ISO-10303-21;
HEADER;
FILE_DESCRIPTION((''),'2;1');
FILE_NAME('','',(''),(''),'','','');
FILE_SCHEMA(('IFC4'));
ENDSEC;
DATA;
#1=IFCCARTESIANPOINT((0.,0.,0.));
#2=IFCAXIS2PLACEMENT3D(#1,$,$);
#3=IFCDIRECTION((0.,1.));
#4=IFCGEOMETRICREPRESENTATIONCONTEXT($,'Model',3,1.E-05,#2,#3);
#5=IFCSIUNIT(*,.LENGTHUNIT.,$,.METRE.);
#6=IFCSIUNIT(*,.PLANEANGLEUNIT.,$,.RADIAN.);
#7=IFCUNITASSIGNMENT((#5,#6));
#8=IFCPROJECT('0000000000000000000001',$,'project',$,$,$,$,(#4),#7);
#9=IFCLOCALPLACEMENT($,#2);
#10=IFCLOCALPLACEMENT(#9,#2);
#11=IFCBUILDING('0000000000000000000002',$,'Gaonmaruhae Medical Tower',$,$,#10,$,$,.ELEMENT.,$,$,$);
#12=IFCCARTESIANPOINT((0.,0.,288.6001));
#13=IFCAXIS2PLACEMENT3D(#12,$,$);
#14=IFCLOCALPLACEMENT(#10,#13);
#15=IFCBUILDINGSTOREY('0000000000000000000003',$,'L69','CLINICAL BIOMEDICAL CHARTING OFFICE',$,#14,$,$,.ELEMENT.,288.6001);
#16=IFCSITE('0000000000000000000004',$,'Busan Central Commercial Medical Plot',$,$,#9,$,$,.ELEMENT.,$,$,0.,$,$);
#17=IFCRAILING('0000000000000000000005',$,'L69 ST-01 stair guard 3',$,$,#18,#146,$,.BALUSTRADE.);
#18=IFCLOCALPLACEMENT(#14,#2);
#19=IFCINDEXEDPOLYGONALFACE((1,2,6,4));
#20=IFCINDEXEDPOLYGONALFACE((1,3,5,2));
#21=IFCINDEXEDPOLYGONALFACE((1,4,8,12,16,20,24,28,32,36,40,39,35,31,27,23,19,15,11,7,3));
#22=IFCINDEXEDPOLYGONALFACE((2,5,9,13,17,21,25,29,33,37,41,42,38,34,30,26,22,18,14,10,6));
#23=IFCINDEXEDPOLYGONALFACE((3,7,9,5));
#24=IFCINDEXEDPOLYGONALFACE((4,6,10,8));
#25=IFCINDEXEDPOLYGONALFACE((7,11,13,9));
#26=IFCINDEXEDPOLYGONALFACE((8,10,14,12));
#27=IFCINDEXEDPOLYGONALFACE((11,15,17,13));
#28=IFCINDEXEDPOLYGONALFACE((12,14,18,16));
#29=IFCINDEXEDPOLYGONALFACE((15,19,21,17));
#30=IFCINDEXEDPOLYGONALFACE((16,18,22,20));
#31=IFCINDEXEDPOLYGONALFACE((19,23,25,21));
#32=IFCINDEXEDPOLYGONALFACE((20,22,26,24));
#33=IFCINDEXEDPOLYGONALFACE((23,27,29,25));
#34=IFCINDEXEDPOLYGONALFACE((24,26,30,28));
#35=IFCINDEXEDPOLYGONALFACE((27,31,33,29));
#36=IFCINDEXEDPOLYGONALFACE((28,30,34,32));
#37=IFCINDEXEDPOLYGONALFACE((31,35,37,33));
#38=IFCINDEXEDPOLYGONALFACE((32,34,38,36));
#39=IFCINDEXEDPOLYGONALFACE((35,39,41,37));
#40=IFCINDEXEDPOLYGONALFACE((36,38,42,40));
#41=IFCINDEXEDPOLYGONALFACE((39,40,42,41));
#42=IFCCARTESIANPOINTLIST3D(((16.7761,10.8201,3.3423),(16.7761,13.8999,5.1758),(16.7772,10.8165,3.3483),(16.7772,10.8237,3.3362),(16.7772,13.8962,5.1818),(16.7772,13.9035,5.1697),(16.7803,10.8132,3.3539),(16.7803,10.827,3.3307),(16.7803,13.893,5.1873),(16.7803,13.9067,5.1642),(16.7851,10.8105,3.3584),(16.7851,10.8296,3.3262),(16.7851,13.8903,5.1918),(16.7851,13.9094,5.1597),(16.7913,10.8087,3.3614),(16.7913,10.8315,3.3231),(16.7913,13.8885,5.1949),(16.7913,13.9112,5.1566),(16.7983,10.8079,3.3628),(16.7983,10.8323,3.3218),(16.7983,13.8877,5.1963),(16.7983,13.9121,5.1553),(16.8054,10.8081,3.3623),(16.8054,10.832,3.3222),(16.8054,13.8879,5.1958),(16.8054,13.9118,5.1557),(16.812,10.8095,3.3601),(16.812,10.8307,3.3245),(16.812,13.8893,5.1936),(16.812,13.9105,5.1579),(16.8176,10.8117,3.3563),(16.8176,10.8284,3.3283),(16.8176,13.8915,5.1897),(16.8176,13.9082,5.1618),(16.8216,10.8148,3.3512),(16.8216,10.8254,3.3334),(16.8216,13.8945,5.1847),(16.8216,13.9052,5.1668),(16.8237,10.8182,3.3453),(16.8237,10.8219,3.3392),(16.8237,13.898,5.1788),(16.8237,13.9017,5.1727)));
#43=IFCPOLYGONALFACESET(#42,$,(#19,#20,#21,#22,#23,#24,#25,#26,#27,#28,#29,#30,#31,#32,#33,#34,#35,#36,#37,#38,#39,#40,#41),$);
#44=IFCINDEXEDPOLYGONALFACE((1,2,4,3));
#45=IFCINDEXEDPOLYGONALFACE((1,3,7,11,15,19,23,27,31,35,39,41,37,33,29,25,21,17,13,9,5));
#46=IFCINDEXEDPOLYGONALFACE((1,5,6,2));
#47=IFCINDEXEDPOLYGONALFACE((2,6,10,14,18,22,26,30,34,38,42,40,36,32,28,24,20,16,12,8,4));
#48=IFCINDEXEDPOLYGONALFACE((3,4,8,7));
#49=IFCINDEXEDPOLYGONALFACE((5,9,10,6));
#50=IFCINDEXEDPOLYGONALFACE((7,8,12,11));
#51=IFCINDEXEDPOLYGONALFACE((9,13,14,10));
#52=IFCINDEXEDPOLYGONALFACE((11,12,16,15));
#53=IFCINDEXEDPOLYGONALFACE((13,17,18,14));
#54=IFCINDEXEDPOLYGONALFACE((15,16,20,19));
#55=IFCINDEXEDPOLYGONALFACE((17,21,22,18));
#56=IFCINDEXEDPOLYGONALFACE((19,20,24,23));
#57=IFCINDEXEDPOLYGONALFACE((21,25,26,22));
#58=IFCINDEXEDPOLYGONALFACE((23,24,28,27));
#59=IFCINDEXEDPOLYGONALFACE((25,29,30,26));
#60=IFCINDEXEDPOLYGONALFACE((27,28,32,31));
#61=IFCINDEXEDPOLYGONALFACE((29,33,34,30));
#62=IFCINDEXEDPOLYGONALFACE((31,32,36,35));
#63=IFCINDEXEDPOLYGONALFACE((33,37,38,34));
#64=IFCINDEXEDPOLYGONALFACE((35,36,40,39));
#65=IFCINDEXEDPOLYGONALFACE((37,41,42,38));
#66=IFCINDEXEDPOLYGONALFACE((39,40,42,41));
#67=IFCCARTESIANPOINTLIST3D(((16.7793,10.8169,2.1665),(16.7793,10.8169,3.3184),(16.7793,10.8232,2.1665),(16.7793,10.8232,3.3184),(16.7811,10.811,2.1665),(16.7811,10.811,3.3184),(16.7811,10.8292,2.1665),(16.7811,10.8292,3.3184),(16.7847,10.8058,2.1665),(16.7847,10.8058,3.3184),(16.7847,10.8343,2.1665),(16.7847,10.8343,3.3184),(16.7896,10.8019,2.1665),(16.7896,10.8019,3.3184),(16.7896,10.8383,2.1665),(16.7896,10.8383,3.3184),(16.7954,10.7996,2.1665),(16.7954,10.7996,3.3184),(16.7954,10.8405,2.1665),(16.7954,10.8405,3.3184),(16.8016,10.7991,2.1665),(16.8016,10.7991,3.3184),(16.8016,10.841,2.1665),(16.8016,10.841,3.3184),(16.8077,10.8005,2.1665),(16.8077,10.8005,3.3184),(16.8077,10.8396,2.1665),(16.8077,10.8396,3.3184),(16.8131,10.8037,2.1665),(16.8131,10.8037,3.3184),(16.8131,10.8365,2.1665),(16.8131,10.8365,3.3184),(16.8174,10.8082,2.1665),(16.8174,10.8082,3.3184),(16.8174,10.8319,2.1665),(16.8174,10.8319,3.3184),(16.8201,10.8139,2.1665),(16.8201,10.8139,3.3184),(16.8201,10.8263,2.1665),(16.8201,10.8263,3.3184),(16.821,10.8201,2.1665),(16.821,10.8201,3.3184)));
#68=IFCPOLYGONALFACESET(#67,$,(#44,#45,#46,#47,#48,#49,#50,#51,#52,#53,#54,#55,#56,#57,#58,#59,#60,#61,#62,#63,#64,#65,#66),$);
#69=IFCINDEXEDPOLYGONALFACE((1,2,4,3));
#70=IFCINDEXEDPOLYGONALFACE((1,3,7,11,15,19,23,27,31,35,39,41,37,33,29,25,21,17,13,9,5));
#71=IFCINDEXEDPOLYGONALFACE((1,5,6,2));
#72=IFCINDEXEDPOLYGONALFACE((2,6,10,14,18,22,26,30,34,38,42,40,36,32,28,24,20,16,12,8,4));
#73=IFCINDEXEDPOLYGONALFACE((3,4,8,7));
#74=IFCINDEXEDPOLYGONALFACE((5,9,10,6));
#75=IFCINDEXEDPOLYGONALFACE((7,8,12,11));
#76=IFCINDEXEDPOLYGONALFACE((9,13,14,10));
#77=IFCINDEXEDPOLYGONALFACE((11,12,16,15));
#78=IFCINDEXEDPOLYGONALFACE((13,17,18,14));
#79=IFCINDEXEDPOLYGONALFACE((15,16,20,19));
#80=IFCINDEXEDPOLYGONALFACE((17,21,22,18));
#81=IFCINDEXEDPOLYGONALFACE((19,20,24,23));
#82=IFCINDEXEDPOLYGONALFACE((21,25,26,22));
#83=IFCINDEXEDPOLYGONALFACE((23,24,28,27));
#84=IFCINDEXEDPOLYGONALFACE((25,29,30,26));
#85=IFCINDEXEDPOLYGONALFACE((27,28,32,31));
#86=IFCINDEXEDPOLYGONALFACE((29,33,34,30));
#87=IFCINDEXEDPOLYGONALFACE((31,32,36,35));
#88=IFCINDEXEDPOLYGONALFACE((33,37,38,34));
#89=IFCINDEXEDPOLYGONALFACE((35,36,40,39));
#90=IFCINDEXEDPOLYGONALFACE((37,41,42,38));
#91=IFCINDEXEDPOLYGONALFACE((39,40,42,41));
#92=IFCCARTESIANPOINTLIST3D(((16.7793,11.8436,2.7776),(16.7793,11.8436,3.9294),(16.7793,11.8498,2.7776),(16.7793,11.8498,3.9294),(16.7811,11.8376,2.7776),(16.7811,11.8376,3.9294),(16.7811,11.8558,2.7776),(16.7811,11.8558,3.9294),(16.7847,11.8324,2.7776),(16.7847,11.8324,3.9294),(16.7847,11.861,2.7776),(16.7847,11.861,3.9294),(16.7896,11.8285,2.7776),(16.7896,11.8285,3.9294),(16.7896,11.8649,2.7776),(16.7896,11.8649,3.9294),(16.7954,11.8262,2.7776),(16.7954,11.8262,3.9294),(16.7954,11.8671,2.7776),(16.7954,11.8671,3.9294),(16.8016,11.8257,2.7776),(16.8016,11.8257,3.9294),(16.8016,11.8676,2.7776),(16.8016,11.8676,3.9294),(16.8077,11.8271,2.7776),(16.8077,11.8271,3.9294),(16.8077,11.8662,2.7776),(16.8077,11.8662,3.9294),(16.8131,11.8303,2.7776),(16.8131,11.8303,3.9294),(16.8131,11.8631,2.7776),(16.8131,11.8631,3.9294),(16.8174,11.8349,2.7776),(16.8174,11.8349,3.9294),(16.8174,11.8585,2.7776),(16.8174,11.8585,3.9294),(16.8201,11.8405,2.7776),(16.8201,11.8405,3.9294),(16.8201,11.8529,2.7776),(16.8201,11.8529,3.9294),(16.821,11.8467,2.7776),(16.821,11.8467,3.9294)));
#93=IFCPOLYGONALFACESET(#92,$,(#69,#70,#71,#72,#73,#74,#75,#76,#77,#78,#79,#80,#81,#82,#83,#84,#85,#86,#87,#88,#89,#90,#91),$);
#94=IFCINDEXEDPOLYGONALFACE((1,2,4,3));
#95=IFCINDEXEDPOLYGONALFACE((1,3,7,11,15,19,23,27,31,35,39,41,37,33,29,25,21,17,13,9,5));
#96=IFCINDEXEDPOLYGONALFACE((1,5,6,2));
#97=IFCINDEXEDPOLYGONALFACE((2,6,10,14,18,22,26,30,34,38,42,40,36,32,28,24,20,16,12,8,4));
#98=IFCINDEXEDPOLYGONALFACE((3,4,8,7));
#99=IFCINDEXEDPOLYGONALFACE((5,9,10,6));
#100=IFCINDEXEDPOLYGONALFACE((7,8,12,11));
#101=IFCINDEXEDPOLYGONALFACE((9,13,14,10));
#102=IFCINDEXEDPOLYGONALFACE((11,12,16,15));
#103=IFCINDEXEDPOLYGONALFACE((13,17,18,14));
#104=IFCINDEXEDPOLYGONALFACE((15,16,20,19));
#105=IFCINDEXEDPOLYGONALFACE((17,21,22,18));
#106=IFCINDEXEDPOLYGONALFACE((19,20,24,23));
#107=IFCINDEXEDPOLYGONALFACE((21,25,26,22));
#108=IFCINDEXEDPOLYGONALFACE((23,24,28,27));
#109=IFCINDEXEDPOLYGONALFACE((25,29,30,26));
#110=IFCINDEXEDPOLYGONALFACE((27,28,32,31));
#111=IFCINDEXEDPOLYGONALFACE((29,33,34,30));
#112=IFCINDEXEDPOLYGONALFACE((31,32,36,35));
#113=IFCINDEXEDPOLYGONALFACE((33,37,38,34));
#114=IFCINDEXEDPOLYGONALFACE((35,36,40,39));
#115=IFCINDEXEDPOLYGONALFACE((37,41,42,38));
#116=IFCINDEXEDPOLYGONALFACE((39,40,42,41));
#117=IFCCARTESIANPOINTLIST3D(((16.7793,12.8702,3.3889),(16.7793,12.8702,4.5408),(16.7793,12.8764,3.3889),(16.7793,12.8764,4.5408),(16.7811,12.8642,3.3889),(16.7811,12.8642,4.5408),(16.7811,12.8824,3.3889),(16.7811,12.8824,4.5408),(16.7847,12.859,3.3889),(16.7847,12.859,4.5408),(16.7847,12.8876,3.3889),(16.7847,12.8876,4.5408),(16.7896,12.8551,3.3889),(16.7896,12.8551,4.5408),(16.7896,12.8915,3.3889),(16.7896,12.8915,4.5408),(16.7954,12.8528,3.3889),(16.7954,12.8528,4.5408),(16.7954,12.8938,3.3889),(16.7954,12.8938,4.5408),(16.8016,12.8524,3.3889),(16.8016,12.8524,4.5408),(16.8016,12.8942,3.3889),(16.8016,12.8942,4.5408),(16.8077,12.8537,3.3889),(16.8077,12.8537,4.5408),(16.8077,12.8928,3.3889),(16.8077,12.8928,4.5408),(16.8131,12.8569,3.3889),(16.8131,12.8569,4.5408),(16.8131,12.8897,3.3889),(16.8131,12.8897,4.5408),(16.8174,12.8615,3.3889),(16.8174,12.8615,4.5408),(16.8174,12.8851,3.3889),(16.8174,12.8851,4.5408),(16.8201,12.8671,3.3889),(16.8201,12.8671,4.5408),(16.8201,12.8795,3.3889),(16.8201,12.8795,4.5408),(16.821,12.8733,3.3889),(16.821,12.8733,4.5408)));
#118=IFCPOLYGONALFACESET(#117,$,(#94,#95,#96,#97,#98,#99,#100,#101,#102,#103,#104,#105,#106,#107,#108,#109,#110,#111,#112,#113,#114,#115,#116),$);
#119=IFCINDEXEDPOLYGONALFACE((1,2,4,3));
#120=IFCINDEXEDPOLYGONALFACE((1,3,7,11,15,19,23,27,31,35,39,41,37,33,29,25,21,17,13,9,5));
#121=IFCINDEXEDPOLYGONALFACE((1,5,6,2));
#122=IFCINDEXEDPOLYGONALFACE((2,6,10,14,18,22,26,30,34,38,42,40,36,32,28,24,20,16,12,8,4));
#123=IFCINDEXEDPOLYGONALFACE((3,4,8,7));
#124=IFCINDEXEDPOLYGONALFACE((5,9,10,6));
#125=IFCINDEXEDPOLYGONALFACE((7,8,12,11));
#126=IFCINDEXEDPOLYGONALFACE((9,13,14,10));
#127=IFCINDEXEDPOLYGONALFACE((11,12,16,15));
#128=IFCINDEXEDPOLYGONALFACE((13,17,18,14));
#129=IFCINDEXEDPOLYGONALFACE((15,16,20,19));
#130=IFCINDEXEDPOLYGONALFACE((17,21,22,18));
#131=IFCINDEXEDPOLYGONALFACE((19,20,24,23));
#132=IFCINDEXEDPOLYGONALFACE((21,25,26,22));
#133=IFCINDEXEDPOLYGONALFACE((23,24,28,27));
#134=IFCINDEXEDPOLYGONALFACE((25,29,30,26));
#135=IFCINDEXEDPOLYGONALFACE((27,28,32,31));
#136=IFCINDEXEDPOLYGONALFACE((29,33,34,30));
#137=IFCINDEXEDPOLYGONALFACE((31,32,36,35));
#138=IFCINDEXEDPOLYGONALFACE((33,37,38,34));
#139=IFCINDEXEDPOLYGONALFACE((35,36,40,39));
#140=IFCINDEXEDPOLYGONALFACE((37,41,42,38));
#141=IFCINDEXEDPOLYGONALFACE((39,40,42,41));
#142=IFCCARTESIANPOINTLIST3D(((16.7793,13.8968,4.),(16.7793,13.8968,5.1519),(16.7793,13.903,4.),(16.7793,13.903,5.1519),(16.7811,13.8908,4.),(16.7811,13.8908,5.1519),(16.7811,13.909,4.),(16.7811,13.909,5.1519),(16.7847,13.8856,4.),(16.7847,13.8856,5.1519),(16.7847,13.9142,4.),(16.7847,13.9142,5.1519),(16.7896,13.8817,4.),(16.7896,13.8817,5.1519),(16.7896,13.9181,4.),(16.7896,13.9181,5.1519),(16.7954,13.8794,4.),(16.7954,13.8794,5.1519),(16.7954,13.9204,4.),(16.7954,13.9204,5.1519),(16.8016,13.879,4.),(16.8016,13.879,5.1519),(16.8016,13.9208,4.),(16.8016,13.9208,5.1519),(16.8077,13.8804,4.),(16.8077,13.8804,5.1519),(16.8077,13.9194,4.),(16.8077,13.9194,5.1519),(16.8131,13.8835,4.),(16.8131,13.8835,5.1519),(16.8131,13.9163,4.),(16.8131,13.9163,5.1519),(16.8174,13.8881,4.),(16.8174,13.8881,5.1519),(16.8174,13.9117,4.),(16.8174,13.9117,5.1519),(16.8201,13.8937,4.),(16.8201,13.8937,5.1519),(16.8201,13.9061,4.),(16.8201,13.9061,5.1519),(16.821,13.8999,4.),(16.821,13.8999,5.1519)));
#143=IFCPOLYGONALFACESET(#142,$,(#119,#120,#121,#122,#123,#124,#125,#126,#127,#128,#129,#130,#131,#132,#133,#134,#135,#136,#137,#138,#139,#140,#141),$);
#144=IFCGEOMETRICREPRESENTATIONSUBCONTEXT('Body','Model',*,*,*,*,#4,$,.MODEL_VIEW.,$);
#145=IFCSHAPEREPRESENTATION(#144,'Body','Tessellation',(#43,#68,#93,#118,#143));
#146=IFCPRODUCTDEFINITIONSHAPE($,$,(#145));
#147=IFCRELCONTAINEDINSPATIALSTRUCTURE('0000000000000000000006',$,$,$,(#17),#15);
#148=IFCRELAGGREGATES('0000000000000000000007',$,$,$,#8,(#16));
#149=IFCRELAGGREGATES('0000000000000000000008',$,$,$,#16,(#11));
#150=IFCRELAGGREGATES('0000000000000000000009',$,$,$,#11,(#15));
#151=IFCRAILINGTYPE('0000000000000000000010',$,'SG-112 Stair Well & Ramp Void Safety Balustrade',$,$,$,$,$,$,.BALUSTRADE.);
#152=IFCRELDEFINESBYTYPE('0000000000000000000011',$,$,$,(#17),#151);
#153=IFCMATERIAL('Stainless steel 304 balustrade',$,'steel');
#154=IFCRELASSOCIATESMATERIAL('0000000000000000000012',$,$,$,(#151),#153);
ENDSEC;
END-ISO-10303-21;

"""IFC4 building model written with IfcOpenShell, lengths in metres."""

from ifc_helpers import new_model, si_unit, direction, frame, origin, origin_2d, place, context, subcontext, project, spatial, circle, extrude, material, type_object, element, save


model = new_model("IFC4")

# Units and contexts
model_context = context("Model", 3, precision=1e-05, world=origin(), true_north=direction((0.0, 1.0)))
body_context = subcontext(model_context, "Body", "Model", "MODEL_VIEW")
ifc_project = project(units=[si_unit("LENGTHUNIT", "METRE"), si_unit("PLANEANGLEUNIT", "RADIAN")], contexts=[model_context])

# Site, building, storey
site_placement = place(None, origin())
site = spatial("IfcSite", under=ifc_project, at=site_placement, Name="Busan Central Commercial Medical Plot", CompositionType="ELEMENT", RefElevation=0.0)
building_placement = place(site_placement, origin())
building = spatial("IfcBuilding", under=site, at=building_placement, Name="Gaonmaruhae Medical Tower", CompositionType="ELEMENT")
storey_placement = place(building_placement, frame((0.0, 0.0, 288.6001)))
storey = spatial("IfcBuildingStorey", under=building, at=storey_placement, Name="L69", Description="CLINICAL BIOMEDICAL CHARTING OFFICE", CompositionType="ELEMENT", Elevation=288.6001)

# Railing
ifc_material_1 = material(Name="Stainless steel 304 balustrade", Category="steel")
railing_type_1 = type_object("IfcRailingType", Name="SG-112 Stair Well & Ramp Void Safety Balustrade", PredefinedType="BALUSTRADE", material=ifc_material_1)
railing_1_placement = place(storey_placement, frame((16.8, 10.8201, 2.1665)))
element("IfcRailing", 1, at=railing_1_placement, inside=storey, type_object=railing_type_1, Name="L69 ST-01 stair guard 3", PredefinedType="BALUSTRADE", context=body_context, shape_type="SweptSolid", body=[
    extrude(circle(Radius=0.0239, at=origin_2d()), frame((0.0, 0.0, 1.1758), z_axis=(0.0, 0.859261, 0.511538), x_axis=(-1.0, 0.0, 0.0)), (0.0, 0.0, 1.0), 3.5842),
    extrude(circle(Radius=0.021, at=origin_2d()), origin(), (0.0, 0.0, 1.0), 1.1519),
    extrude(circle(Radius=0.021, at=origin_2d()), frame((0.0, 1.0266, 0.6111)), (0.0, 0.0, 1.0), 1.1519),
    extrude(circle(Radius=0.021, at=origin_2d()), frame((0.0, 2.0532, 1.2224)), (0.0, 0.0, 1.0), 1.1519),
    extrude(circle(Radius=0.021, at=origin_2d()), frame((0.0, 3.0798, 1.8335)), (0.0, 0.0, 1.0), 1.1519),
])

save(model, "model.ifc")
